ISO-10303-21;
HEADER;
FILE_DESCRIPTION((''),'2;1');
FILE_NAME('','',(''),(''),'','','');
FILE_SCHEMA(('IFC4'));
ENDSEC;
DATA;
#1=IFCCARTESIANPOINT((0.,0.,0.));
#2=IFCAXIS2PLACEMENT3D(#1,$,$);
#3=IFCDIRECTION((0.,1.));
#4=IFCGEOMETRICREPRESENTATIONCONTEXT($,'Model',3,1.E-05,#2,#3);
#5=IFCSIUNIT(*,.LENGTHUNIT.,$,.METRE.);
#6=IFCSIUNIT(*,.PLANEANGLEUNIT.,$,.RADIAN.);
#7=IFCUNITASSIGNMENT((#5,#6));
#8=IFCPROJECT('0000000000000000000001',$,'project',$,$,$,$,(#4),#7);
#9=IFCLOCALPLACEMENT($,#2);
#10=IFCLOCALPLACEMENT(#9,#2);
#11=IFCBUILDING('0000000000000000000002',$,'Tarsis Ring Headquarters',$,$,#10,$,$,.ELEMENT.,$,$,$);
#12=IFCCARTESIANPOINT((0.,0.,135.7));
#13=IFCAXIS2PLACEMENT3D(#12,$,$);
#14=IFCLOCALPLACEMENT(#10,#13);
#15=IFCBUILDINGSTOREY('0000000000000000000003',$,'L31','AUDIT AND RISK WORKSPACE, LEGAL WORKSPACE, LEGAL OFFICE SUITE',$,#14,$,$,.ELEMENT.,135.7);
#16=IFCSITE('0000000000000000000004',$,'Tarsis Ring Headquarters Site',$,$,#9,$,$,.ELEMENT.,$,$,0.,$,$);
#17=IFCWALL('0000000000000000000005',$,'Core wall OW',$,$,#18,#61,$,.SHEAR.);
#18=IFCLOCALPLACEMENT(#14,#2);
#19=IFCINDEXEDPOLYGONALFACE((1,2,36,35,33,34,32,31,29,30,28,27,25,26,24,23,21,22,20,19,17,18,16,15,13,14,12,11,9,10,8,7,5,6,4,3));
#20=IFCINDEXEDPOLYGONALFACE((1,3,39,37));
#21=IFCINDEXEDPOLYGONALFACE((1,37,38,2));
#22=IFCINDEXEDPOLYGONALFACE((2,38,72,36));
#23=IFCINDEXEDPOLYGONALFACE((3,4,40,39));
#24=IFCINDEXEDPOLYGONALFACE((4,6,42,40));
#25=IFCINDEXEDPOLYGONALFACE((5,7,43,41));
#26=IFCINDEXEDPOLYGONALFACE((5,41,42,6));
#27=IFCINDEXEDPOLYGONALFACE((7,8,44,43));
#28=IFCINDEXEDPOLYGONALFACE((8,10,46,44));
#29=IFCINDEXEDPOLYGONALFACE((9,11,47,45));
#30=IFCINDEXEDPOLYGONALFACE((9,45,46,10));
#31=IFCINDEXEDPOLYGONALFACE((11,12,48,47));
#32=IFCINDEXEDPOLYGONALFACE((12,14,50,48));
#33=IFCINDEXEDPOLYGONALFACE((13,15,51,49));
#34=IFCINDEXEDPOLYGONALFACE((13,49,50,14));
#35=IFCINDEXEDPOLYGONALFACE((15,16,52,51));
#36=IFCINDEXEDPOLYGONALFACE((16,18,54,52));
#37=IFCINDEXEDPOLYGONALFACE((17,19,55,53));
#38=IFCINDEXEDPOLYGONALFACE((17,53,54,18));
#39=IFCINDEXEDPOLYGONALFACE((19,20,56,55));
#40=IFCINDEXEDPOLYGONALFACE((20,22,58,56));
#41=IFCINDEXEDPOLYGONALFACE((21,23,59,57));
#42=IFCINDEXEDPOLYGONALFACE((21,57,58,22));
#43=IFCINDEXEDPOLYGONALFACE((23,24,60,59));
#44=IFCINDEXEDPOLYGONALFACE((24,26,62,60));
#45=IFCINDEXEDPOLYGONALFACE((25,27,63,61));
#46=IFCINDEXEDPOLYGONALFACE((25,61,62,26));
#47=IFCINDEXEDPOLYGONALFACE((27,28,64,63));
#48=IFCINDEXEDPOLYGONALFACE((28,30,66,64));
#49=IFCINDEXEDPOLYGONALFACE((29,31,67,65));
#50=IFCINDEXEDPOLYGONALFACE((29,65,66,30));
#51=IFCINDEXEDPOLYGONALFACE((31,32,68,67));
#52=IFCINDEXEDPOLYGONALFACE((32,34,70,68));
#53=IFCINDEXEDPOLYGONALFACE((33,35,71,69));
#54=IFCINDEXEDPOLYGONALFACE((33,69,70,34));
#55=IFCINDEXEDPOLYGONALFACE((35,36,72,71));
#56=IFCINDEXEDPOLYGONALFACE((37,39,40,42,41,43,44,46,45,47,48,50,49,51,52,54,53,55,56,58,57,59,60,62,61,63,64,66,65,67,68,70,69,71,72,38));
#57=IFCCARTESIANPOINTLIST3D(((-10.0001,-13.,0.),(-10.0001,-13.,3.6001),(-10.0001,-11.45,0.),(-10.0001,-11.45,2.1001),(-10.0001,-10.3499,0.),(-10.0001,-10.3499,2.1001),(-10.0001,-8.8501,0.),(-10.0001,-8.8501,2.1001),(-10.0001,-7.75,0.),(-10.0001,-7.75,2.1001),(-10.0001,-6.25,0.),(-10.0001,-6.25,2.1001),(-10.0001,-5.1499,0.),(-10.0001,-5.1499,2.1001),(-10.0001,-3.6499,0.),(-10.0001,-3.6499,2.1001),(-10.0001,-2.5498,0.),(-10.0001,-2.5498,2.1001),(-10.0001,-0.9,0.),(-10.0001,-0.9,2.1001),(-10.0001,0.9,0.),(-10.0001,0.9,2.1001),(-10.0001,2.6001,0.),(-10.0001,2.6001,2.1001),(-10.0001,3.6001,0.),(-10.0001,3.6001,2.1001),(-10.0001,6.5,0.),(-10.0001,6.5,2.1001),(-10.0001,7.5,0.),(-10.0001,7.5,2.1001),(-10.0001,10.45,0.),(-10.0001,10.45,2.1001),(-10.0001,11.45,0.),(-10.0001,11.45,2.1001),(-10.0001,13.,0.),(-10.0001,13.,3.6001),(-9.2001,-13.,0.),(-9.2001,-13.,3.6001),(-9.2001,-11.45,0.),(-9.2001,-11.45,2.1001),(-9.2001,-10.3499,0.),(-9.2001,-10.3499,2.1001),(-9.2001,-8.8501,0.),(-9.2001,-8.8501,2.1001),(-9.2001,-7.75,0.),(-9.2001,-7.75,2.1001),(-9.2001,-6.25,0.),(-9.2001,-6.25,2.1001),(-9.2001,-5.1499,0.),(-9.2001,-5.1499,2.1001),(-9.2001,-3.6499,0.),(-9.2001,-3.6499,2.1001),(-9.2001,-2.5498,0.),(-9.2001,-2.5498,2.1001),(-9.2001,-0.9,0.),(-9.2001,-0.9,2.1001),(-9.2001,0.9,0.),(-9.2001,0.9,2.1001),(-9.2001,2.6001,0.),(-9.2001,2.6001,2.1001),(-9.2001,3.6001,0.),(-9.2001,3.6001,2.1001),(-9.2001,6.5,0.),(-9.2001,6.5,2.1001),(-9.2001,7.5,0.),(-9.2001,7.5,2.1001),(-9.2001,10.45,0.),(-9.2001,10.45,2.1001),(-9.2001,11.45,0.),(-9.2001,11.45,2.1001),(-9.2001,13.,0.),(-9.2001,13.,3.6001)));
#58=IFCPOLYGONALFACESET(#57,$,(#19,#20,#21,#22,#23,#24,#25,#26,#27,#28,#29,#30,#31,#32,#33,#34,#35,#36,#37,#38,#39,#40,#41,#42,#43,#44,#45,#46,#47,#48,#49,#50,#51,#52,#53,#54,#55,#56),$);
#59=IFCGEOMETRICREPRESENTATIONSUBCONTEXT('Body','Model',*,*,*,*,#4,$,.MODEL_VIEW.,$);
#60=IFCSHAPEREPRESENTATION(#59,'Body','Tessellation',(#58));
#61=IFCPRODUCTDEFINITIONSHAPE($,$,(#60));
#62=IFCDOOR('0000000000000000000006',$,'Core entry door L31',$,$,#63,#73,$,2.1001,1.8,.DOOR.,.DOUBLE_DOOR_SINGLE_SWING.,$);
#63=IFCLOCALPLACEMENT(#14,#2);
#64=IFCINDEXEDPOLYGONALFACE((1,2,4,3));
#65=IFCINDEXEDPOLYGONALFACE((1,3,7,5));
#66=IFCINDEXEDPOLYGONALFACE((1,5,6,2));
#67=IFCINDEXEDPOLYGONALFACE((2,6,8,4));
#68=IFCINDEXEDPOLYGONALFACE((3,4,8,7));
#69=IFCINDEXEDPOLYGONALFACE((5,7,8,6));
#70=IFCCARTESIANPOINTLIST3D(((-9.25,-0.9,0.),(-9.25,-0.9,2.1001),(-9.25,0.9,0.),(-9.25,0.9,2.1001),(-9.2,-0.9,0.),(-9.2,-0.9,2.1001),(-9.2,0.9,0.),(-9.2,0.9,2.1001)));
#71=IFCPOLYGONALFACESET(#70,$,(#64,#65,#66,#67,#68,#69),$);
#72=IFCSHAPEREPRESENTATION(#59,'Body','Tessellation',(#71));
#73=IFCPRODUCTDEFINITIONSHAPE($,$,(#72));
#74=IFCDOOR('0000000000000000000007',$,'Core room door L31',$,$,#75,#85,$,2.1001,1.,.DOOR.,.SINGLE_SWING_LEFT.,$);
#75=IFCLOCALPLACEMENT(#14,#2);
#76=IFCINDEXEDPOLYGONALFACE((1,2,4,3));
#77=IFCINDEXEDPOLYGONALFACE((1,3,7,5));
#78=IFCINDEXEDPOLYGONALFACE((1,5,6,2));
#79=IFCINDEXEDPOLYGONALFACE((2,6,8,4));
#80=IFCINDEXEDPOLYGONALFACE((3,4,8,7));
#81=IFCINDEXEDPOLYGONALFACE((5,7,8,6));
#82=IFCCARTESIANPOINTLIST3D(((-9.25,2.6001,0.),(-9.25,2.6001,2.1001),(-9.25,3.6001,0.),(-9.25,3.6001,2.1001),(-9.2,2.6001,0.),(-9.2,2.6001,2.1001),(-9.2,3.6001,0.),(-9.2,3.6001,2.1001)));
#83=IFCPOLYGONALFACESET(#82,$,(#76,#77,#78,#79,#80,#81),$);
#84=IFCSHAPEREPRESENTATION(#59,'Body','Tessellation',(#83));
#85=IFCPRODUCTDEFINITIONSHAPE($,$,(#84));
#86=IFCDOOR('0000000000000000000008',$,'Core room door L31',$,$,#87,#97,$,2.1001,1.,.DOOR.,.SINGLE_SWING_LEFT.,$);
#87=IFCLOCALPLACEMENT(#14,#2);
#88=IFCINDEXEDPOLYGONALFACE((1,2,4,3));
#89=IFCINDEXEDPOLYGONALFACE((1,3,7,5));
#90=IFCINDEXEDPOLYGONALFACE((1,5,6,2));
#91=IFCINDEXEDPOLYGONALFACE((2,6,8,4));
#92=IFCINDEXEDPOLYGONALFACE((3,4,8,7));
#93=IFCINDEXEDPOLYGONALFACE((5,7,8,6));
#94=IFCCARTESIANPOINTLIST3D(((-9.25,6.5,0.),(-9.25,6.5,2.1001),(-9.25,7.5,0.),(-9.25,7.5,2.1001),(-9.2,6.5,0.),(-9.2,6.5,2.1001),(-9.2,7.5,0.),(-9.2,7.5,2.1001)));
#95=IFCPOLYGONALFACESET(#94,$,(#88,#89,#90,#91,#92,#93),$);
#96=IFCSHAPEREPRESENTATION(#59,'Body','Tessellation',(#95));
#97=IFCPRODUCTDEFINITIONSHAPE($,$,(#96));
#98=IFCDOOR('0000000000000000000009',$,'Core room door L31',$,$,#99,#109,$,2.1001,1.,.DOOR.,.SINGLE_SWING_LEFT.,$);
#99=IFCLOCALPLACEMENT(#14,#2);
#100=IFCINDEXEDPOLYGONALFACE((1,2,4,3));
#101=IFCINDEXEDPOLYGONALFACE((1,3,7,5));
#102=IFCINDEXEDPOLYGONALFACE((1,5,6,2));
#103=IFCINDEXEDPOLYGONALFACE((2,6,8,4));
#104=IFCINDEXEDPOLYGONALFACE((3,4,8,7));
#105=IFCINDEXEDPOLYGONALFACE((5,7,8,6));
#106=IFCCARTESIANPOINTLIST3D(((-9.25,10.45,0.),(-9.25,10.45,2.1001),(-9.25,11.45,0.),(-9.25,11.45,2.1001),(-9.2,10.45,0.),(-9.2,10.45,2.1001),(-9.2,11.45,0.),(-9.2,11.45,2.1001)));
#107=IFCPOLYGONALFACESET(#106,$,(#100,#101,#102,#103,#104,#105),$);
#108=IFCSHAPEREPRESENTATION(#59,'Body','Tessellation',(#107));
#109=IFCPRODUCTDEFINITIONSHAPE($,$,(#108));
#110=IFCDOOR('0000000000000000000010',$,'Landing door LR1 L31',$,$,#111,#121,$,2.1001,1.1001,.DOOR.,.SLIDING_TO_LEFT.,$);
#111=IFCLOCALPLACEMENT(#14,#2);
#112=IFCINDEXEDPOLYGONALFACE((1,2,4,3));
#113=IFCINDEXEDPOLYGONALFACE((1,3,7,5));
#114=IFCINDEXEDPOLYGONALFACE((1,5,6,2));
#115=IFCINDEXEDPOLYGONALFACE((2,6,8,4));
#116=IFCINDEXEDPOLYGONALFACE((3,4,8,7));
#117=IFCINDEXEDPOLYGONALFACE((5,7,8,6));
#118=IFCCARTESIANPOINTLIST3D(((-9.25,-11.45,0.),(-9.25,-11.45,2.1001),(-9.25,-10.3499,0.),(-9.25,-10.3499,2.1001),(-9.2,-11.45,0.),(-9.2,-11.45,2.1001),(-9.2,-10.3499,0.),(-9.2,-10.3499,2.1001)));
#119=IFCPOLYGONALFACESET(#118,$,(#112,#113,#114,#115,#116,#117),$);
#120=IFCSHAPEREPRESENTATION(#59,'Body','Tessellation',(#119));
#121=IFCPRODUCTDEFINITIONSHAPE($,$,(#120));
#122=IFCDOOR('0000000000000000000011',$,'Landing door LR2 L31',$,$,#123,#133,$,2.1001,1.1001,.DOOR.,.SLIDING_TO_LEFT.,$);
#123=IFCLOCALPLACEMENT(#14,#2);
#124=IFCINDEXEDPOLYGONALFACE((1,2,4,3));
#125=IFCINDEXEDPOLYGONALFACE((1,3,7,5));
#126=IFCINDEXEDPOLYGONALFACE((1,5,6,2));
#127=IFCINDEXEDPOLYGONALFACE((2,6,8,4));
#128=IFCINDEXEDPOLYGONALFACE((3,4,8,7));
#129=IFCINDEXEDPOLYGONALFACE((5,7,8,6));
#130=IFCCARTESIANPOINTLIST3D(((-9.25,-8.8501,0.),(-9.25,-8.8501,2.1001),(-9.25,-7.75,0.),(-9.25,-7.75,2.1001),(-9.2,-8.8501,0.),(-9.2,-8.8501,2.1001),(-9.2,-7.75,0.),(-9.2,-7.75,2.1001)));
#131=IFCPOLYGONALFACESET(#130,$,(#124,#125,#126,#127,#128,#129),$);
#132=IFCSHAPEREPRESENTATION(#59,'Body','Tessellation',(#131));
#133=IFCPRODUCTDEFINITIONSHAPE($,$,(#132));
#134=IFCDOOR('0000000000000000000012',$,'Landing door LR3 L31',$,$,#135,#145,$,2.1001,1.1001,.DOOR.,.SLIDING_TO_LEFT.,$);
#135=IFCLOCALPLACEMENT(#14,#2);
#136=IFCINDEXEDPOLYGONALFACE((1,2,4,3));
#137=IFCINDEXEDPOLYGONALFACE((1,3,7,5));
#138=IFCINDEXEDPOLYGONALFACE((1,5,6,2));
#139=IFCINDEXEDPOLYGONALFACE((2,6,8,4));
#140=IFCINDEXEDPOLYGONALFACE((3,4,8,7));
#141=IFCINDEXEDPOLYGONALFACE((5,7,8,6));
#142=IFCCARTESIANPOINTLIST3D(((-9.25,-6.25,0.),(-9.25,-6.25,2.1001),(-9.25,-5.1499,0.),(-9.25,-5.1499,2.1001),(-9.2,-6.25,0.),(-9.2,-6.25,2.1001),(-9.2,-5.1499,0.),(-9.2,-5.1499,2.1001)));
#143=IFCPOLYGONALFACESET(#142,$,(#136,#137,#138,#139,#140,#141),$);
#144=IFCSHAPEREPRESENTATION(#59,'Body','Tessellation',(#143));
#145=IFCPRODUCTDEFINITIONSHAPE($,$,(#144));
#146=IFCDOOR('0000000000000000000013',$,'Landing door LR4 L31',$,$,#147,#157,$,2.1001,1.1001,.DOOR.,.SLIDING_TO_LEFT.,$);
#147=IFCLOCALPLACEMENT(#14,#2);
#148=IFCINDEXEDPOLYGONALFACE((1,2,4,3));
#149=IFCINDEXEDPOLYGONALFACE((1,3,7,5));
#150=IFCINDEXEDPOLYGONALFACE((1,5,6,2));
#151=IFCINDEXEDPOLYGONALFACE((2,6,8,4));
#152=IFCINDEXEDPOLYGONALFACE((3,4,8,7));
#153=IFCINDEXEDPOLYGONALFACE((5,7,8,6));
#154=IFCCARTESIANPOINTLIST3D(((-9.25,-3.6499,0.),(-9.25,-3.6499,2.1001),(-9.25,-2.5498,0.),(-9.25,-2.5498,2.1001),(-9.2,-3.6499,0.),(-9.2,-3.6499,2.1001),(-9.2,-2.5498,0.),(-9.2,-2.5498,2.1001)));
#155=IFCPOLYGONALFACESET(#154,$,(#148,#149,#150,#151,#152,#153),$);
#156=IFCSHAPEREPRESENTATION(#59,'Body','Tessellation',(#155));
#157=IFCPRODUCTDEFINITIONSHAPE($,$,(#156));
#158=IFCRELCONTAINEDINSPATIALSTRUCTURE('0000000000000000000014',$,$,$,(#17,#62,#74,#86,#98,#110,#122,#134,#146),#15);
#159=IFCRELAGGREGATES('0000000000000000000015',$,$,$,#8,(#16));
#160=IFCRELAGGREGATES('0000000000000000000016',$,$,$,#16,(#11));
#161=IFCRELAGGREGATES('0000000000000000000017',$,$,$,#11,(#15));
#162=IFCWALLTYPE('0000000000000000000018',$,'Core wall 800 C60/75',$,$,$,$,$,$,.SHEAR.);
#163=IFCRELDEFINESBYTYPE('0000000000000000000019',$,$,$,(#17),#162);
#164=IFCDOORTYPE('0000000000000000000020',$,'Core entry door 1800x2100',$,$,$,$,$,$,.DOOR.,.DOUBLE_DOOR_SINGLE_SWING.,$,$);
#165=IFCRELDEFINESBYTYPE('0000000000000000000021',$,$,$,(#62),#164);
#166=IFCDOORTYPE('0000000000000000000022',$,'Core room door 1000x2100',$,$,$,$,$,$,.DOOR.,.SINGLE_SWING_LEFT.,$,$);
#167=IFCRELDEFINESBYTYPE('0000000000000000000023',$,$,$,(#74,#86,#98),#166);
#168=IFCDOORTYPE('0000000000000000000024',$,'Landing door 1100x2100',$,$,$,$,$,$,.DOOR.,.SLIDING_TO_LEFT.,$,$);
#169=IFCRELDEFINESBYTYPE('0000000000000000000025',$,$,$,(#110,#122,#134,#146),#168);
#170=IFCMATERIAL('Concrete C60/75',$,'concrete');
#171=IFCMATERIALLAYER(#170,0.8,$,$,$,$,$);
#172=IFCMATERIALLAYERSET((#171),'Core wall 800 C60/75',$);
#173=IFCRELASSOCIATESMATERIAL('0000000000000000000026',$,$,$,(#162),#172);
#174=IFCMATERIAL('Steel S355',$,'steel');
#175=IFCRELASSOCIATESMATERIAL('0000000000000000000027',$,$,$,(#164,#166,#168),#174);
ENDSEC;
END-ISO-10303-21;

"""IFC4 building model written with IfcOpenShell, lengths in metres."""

from ifc_helpers import new_model, si_unit, direction, frame, frame_2d, origin, place, context, subcontext, project, spatial, rectangle, extrude, material, layer, layer_set, type_object, element, fill, save


model = new_model("IFC4")

# Units and contexts
model_context = context("Model", 3, precision=1e-05, world=origin(), true_north=direction((0.0, 1.0)))
body_context = subcontext(model_context, "Body", "Model", "MODEL_VIEW")
ifc_project = project(units=[si_unit("LENGTHUNIT", "METRE"), si_unit("PLANEANGLEUNIT", "RADIAN")], contexts=[model_context])

# Site, building, storey
site_placement = place(None, origin())
site = spatial("IfcSite", under=ifc_project, at=site_placement, Name="Tarsis Ring Headquarters Site", CompositionType="ELEMENT", RefElevation=0.0)
building_placement = place(site_placement, origin())
building = spatial("IfcBuilding", under=site, at=building_placement, Name="Tarsis Ring Headquarters", CompositionType="ELEMENT")
storey_placement = place(building_placement, frame((0.0, 0.0, 135.7)))
storey = spatial("IfcBuildingStorey", under=building, at=storey_placement, Name="L31", Description="AUDIT AND RISK WORKSPACE, LEGAL WORKSPACE, LEGAL OFFICE SUITE", CompositionType="ELEMENT", Elevation=135.7)

# Wall, openings, doors
ifc_material_1 = material(Name="Concrete C60/75", Category="concrete")
ifc_layer_1 = layer(ifc_material_1, 0.8)
ifc_layer_set_1 = layer_set([ifc_layer_1], Name="Core wall 800 C60/75")
wall_type_1 = type_object("IfcWallType", Name="Core wall 800 C60/75", PredefinedType="SHEAR", material=ifc_layer_set_1)
wall_1_placement = place(storey_placement, frame((-9.6001, -13.0, 0.0), z_axis=(0.0, 0.0, 1.0), x_axis=(0.0, 1.0, 0.0)))
wall_1 = element("IfcWall", 1, at=wall_1_placement, inside=storey, type_object=wall_type_1, Name="Core wall OW", PredefinedType="SHEAR", context=body_context, shape_type="SweptSolid", body=[
    extrude(rectangle(XDim=26.0, YDim=0.8, at=frame_2d((13.0, 0.0))), origin(), (0.0, 0.0, 1.0), 3.6001),
])
opening_1_placement = place(wall_1_placement, frame((1.55, 0.0, 0.0)))
opening_1 = element("IfcOpeningElement", 2, at=opening_1_placement, cuts=wall_1, PredefinedType="OPENING", context=body_context, shape_type="SweptSolid", body=[
    extrude(rectangle(XDim=1.1001, YDim=2.1001, at=frame_2d((0.55, 1.05))), frame((0.0, 0.4099, 0.0), z_axis=(0.0, -1.0, 0.0), x_axis=(1.0, 0.0, 0.0)), (0.0, 0.0, 1.0), 0.8201),
])
opening_2_placement = place(wall_1_placement, frame((4.1499, 0.0, 0.0)))
opening_2 = element("IfcOpeningElement", 3, at=opening_2_placement, cuts=wall_1, PredefinedType="OPENING", context=body_context, shape_type="SweptSolid", body=[
    extrude(rectangle(XDim=1.1001, YDim=2.1001, at=frame_2d((0.55, 1.05))), frame((0.0, 0.4099, 0.0), z_axis=(0.0, -1.0, 0.0), x_axis=(1.0, 0.0, 0.0)), (0.0, 0.0, 1.0), 0.8201),
])
opening_3_placement = place(wall_1_placement, frame((6.75, 0.0, 0.0)))
opening_3 = element("IfcOpeningElement", 4, at=opening_3_placement, cuts=wall_1, PredefinedType="OPENING", context=body_context, shape_type="SweptSolid", body=[
    extrude(rectangle(XDim=1.1001, YDim=2.1001, at=frame_2d((0.55, 1.05))), frame((0.0, 0.4099, 0.0), z_axis=(0.0, -1.0, 0.0), x_axis=(1.0, 0.0, 0.0)), (0.0, 0.0, 1.0), 0.8201),
])
opening_4_placement = place(wall_1_placement, frame((9.3501, 0.0, 0.0)))
opening_4 = element("IfcOpeningElement", 5, at=opening_4_placement, cuts=wall_1, PredefinedType="OPENING", context=body_context, shape_type="SweptSolid", body=[
    extrude(rectangle(XDim=1.1001, YDim=2.1001, at=frame_2d((0.55, 1.05))), frame((0.0, 0.4099, 0.0), z_axis=(0.0, -1.0, 0.0), x_axis=(1.0, 0.0, 0.0)), (0.0, 0.0, 1.0), 0.8201),
])
opening_5_placement = place(wall_1_placement, frame((12.1001, 0.0, 0.0)))
opening_5 = element("IfcOpeningElement", 6, at=opening_5_placement, cuts=wall_1, PredefinedType="OPENING", context=body_context, shape_type="SweptSolid", body=[
    extrude(rectangle(XDim=1.8, YDim=2.1001, at=frame_2d((0.8999, 1.05))), frame((0.0, 0.4099, 0.0), z_axis=(0.0, -1.0, 0.0), x_axis=(1.0, 0.0, 0.0)), (0.0, 0.0, 1.0), 0.8201),
])
opening_6_placement = place(wall_1_placement, frame((15.6001, 0.0, 0.0)))
opening_6 = element("IfcOpeningElement", 7, at=opening_6_placement, cuts=wall_1, PredefinedType="OPENING", context=body_context, shape_type="SweptSolid", body=[
    extrude(rectangle(XDim=1.0, YDim=2.1001, at=frame_2d((0.5, 1.05))), frame((0.0, 0.4099, 0.0), z_axis=(0.0, -1.0, 0.0), x_axis=(1.0, 0.0, 0.0)), (0.0, 0.0, 1.0), 0.8201),
])
opening_7_placement = place(wall_1_placement, frame((19.5, 0.0, 0.0)))
opening_7 = element("IfcOpeningElement", 8, at=opening_7_placement, cuts=wall_1, PredefinedType="OPENING", context=body_context, shape_type="SweptSolid", body=[
    extrude(rectangle(XDim=1.0, YDim=2.1001, at=frame_2d((0.5, 1.05))), frame((0.0, 0.4099, 0.0), z_axis=(0.0, -1.0, 0.0), x_axis=(1.0, 0.0, 0.0)), (0.0, 0.0, 1.0), 0.8201),
])
opening_8_placement = place(wall_1_placement, frame((23.45, 0.0, 0.0)))
opening_8 = element("IfcOpeningElement", 9, at=opening_8_placement, cuts=wall_1, PredefinedType="OPENING", context=body_context, shape_type="SweptSolid", body=[
    extrude(rectangle(XDim=1.0, YDim=2.1001, at=frame_2d((0.5, 1.05))), frame((0.0, 0.4099, 0.0), z_axis=(0.0, -1.0, 0.0), x_axis=(1.0, 0.0, 0.0)), (0.0, 0.0, 1.0), 0.8201),
])
ifc_material_2 = material(Name="Steel S355", Category="steel")
door_type_1 = type_object("IfcDoorType", Name="Core entry door 1800x2100", OperationType="DOUBLE_DOOR_SINGLE_SWING", PredefinedType="DOOR", material=ifc_material_2)
door_1_placement = place(opening_5_placement, origin())
door_1 = element("IfcDoor", 10, at=door_1_placement, inside=storey, type_object=door_type_1, Name="Core entry door L31", OperationType="DOUBLE_DOOR_SINGLE_SWING", OverallHeight=2.1001, OverallWidth=1.8, PredefinedType="DOOR", context=body_context, shape_type="SweptSolid", body=[
    extrude(rectangle(XDim=1.8, YDim=2.1001, at=frame_2d((0.8999, 1.05))), frame((0.0, -0.3501, 0.0), z_axis=(0.0, -1.0, 0.0), x_axis=(1.0, 0.0, 0.0)), (0.0, 0.0, 1.0), 0.05),
])
fill(opening_5, door_1)
door_type_2 = type_object("IfcDoorType", Name="Core room door 1000x2100", OperationType="SINGLE_SWING_LEFT", PredefinedType="DOOR", material=ifc_material_2)
door_2_placement = place(opening_6_placement, origin())
door_2 = element("IfcDoor", 11, at=door_2_placement, inside=storey, type_object=door_type_2, Name="Core room door L31", OperationType="SINGLE_SWING_LEFT", OverallHeight=2.1001, OverallWidth=1.0, PredefinedType="DOOR", context=body_context, shape_type="SweptSolid", body=[
    extrude(rectangle(XDim=1.0, YDim=2.1001, at=frame_2d((0.5, 1.05))), frame((0.0, -0.3501, 0.0), z_axis=(0.0, -1.0, 0.0), x_axis=(1.0, 0.0, 0.0)), (0.0, 0.0, 1.0), 0.05),
])
fill(opening_6, door_2)
door_3_placement = place(opening_7_placement, origin())
door_3 = element("IfcDoor", 12, at=door_3_placement, inside=storey, type_object=door_type_2, Name="Core room door L31", OperationType="SINGLE_SWING_LEFT", OverallHeight=2.1001, OverallWidth=1.0, PredefinedType="DOOR", context=body_context, shape_type="SweptSolid", body=[
    extrude(rectangle(XDim=1.0, YDim=2.1001, at=frame_2d((0.5, 1.05))), frame((0.0, -0.3501, 0.0), z_axis=(0.0, -1.0, 0.0), x_axis=(1.0, 0.0, 0.0)), (0.0, 0.0, 1.0), 0.05),
])
fill(opening_7, door_3)
door_4_placement = place(opening_8_placement, origin())
door_4 = element("IfcDoor", 13, at=door_4_placement, inside=storey, type_object=door_type_2, Name="Core room door L31", OperationType="SINGLE_SWING_LEFT", OverallHeight=2.1001, OverallWidth=1.0, PredefinedType="DOOR", context=body_context, shape_type="SweptSolid", body=[
    extrude(rectangle(XDim=1.0, YDim=2.1001, at=frame_2d((0.5, 1.05))), frame((0.0, -0.3501, 0.0), z_axis=(0.0, -1.0, 0.0), x_axis=(1.0, 0.0, 0.0)), (0.0, 0.0, 1.0), 0.05),
])
fill(opening_8, door_4)
door_type_3 = type_object("IfcDoorType", Name="Landing door 1100x2100", OperationType="SLIDING_TO_LEFT", PredefinedType="DOOR", material=ifc_material_2)
door_5_placement = place(opening_1_placement, origin())
door_5 = element("IfcDoor", 14, at=door_5_placement, inside=storey, type_object=door_type_3, Name="Landing door LR1 L31", OperationType="SLIDING_TO_LEFT", OverallHeight=2.1001, OverallWidth=1.1001, PredefinedType="DOOR", context=body_context, shape_type="SweptSolid", body=[
    extrude(rectangle(XDim=1.1001, YDim=2.1001, at=frame_2d((0.55, 1.05))), frame((0.0, -0.3501, 0.0), z_axis=(0.0, -1.0, 0.0), x_axis=(1.0, 0.0, 0.0)), (0.0, 0.0, 1.0), 0.05),
])
fill(opening_1, door_5)
door_6_placement = place(opening_2_placement, origin())
door_6 = element("IfcDoor", 15, at=door_6_placement, inside=storey, type_object=door_type_3, Name="Landing door LR2 L31", OperationType="SLIDING_TO_LEFT", OverallHeight=2.1001, OverallWidth=1.1001, PredefinedType="DOOR", context=body_context, shape_type="SweptSolid", body=[
    extrude(rectangle(XDim=1.1001, YDim=2.1001, at=frame_2d((0.55, 1.05))), frame((0.0, -0.3501, 0.0), z_axis=(0.0, -1.0, 0.0), x_axis=(1.0, 0.0, 0.0)), (0.0, 0.0, 1.0), 0.05),
])
fill(opening_2, door_6)
door_7_placement = place(opening_3_placement, origin())
door_7 = element("IfcDoor", 16, at=door_7_placement, inside=storey, type_object=door_type_3, Name="Landing door LR3 L31", OperationType="SLIDING_TO_LEFT", OverallHeight=2.1001, OverallWidth=1.1001, PredefinedType="DOOR", context=body_context, shape_type="SweptSolid", body=[
    extrude(rectangle(XDim=1.1001, YDim=2.1001, at=frame_2d((0.55, 1.05))), frame((0.0, -0.3501, 0.0), z_axis=(0.0, -1.0, 0.0), x_axis=(1.0, 0.0, 0.0)), (0.0, 0.0, 1.0), 0.05),
])
fill(opening_3, door_7)
door_8_placement = place(opening_4_placement, origin())
door_8 = element("IfcDoor", 17, at=door_8_placement, inside=storey, type_object=door_type_3, Name="Landing door LR4 L31", OperationType="SLIDING_TO_LEFT", OverallHeight=2.1001, OverallWidth=1.1001, PredefinedType="DOOR", context=body_context, shape_type="SweptSolid", body=[
    extrude(rectangle(XDim=1.1001, YDim=2.1001, at=frame_2d((0.55, 1.05))), frame((0.0, -0.3501, 0.0), z_axis=(0.0, -1.0, 0.0), x_axis=(1.0, 0.0, 0.0)), (0.0, 0.0, 1.0), 0.05),
])
fill(opening_4, door_8)

save(model, "model.ifc")
